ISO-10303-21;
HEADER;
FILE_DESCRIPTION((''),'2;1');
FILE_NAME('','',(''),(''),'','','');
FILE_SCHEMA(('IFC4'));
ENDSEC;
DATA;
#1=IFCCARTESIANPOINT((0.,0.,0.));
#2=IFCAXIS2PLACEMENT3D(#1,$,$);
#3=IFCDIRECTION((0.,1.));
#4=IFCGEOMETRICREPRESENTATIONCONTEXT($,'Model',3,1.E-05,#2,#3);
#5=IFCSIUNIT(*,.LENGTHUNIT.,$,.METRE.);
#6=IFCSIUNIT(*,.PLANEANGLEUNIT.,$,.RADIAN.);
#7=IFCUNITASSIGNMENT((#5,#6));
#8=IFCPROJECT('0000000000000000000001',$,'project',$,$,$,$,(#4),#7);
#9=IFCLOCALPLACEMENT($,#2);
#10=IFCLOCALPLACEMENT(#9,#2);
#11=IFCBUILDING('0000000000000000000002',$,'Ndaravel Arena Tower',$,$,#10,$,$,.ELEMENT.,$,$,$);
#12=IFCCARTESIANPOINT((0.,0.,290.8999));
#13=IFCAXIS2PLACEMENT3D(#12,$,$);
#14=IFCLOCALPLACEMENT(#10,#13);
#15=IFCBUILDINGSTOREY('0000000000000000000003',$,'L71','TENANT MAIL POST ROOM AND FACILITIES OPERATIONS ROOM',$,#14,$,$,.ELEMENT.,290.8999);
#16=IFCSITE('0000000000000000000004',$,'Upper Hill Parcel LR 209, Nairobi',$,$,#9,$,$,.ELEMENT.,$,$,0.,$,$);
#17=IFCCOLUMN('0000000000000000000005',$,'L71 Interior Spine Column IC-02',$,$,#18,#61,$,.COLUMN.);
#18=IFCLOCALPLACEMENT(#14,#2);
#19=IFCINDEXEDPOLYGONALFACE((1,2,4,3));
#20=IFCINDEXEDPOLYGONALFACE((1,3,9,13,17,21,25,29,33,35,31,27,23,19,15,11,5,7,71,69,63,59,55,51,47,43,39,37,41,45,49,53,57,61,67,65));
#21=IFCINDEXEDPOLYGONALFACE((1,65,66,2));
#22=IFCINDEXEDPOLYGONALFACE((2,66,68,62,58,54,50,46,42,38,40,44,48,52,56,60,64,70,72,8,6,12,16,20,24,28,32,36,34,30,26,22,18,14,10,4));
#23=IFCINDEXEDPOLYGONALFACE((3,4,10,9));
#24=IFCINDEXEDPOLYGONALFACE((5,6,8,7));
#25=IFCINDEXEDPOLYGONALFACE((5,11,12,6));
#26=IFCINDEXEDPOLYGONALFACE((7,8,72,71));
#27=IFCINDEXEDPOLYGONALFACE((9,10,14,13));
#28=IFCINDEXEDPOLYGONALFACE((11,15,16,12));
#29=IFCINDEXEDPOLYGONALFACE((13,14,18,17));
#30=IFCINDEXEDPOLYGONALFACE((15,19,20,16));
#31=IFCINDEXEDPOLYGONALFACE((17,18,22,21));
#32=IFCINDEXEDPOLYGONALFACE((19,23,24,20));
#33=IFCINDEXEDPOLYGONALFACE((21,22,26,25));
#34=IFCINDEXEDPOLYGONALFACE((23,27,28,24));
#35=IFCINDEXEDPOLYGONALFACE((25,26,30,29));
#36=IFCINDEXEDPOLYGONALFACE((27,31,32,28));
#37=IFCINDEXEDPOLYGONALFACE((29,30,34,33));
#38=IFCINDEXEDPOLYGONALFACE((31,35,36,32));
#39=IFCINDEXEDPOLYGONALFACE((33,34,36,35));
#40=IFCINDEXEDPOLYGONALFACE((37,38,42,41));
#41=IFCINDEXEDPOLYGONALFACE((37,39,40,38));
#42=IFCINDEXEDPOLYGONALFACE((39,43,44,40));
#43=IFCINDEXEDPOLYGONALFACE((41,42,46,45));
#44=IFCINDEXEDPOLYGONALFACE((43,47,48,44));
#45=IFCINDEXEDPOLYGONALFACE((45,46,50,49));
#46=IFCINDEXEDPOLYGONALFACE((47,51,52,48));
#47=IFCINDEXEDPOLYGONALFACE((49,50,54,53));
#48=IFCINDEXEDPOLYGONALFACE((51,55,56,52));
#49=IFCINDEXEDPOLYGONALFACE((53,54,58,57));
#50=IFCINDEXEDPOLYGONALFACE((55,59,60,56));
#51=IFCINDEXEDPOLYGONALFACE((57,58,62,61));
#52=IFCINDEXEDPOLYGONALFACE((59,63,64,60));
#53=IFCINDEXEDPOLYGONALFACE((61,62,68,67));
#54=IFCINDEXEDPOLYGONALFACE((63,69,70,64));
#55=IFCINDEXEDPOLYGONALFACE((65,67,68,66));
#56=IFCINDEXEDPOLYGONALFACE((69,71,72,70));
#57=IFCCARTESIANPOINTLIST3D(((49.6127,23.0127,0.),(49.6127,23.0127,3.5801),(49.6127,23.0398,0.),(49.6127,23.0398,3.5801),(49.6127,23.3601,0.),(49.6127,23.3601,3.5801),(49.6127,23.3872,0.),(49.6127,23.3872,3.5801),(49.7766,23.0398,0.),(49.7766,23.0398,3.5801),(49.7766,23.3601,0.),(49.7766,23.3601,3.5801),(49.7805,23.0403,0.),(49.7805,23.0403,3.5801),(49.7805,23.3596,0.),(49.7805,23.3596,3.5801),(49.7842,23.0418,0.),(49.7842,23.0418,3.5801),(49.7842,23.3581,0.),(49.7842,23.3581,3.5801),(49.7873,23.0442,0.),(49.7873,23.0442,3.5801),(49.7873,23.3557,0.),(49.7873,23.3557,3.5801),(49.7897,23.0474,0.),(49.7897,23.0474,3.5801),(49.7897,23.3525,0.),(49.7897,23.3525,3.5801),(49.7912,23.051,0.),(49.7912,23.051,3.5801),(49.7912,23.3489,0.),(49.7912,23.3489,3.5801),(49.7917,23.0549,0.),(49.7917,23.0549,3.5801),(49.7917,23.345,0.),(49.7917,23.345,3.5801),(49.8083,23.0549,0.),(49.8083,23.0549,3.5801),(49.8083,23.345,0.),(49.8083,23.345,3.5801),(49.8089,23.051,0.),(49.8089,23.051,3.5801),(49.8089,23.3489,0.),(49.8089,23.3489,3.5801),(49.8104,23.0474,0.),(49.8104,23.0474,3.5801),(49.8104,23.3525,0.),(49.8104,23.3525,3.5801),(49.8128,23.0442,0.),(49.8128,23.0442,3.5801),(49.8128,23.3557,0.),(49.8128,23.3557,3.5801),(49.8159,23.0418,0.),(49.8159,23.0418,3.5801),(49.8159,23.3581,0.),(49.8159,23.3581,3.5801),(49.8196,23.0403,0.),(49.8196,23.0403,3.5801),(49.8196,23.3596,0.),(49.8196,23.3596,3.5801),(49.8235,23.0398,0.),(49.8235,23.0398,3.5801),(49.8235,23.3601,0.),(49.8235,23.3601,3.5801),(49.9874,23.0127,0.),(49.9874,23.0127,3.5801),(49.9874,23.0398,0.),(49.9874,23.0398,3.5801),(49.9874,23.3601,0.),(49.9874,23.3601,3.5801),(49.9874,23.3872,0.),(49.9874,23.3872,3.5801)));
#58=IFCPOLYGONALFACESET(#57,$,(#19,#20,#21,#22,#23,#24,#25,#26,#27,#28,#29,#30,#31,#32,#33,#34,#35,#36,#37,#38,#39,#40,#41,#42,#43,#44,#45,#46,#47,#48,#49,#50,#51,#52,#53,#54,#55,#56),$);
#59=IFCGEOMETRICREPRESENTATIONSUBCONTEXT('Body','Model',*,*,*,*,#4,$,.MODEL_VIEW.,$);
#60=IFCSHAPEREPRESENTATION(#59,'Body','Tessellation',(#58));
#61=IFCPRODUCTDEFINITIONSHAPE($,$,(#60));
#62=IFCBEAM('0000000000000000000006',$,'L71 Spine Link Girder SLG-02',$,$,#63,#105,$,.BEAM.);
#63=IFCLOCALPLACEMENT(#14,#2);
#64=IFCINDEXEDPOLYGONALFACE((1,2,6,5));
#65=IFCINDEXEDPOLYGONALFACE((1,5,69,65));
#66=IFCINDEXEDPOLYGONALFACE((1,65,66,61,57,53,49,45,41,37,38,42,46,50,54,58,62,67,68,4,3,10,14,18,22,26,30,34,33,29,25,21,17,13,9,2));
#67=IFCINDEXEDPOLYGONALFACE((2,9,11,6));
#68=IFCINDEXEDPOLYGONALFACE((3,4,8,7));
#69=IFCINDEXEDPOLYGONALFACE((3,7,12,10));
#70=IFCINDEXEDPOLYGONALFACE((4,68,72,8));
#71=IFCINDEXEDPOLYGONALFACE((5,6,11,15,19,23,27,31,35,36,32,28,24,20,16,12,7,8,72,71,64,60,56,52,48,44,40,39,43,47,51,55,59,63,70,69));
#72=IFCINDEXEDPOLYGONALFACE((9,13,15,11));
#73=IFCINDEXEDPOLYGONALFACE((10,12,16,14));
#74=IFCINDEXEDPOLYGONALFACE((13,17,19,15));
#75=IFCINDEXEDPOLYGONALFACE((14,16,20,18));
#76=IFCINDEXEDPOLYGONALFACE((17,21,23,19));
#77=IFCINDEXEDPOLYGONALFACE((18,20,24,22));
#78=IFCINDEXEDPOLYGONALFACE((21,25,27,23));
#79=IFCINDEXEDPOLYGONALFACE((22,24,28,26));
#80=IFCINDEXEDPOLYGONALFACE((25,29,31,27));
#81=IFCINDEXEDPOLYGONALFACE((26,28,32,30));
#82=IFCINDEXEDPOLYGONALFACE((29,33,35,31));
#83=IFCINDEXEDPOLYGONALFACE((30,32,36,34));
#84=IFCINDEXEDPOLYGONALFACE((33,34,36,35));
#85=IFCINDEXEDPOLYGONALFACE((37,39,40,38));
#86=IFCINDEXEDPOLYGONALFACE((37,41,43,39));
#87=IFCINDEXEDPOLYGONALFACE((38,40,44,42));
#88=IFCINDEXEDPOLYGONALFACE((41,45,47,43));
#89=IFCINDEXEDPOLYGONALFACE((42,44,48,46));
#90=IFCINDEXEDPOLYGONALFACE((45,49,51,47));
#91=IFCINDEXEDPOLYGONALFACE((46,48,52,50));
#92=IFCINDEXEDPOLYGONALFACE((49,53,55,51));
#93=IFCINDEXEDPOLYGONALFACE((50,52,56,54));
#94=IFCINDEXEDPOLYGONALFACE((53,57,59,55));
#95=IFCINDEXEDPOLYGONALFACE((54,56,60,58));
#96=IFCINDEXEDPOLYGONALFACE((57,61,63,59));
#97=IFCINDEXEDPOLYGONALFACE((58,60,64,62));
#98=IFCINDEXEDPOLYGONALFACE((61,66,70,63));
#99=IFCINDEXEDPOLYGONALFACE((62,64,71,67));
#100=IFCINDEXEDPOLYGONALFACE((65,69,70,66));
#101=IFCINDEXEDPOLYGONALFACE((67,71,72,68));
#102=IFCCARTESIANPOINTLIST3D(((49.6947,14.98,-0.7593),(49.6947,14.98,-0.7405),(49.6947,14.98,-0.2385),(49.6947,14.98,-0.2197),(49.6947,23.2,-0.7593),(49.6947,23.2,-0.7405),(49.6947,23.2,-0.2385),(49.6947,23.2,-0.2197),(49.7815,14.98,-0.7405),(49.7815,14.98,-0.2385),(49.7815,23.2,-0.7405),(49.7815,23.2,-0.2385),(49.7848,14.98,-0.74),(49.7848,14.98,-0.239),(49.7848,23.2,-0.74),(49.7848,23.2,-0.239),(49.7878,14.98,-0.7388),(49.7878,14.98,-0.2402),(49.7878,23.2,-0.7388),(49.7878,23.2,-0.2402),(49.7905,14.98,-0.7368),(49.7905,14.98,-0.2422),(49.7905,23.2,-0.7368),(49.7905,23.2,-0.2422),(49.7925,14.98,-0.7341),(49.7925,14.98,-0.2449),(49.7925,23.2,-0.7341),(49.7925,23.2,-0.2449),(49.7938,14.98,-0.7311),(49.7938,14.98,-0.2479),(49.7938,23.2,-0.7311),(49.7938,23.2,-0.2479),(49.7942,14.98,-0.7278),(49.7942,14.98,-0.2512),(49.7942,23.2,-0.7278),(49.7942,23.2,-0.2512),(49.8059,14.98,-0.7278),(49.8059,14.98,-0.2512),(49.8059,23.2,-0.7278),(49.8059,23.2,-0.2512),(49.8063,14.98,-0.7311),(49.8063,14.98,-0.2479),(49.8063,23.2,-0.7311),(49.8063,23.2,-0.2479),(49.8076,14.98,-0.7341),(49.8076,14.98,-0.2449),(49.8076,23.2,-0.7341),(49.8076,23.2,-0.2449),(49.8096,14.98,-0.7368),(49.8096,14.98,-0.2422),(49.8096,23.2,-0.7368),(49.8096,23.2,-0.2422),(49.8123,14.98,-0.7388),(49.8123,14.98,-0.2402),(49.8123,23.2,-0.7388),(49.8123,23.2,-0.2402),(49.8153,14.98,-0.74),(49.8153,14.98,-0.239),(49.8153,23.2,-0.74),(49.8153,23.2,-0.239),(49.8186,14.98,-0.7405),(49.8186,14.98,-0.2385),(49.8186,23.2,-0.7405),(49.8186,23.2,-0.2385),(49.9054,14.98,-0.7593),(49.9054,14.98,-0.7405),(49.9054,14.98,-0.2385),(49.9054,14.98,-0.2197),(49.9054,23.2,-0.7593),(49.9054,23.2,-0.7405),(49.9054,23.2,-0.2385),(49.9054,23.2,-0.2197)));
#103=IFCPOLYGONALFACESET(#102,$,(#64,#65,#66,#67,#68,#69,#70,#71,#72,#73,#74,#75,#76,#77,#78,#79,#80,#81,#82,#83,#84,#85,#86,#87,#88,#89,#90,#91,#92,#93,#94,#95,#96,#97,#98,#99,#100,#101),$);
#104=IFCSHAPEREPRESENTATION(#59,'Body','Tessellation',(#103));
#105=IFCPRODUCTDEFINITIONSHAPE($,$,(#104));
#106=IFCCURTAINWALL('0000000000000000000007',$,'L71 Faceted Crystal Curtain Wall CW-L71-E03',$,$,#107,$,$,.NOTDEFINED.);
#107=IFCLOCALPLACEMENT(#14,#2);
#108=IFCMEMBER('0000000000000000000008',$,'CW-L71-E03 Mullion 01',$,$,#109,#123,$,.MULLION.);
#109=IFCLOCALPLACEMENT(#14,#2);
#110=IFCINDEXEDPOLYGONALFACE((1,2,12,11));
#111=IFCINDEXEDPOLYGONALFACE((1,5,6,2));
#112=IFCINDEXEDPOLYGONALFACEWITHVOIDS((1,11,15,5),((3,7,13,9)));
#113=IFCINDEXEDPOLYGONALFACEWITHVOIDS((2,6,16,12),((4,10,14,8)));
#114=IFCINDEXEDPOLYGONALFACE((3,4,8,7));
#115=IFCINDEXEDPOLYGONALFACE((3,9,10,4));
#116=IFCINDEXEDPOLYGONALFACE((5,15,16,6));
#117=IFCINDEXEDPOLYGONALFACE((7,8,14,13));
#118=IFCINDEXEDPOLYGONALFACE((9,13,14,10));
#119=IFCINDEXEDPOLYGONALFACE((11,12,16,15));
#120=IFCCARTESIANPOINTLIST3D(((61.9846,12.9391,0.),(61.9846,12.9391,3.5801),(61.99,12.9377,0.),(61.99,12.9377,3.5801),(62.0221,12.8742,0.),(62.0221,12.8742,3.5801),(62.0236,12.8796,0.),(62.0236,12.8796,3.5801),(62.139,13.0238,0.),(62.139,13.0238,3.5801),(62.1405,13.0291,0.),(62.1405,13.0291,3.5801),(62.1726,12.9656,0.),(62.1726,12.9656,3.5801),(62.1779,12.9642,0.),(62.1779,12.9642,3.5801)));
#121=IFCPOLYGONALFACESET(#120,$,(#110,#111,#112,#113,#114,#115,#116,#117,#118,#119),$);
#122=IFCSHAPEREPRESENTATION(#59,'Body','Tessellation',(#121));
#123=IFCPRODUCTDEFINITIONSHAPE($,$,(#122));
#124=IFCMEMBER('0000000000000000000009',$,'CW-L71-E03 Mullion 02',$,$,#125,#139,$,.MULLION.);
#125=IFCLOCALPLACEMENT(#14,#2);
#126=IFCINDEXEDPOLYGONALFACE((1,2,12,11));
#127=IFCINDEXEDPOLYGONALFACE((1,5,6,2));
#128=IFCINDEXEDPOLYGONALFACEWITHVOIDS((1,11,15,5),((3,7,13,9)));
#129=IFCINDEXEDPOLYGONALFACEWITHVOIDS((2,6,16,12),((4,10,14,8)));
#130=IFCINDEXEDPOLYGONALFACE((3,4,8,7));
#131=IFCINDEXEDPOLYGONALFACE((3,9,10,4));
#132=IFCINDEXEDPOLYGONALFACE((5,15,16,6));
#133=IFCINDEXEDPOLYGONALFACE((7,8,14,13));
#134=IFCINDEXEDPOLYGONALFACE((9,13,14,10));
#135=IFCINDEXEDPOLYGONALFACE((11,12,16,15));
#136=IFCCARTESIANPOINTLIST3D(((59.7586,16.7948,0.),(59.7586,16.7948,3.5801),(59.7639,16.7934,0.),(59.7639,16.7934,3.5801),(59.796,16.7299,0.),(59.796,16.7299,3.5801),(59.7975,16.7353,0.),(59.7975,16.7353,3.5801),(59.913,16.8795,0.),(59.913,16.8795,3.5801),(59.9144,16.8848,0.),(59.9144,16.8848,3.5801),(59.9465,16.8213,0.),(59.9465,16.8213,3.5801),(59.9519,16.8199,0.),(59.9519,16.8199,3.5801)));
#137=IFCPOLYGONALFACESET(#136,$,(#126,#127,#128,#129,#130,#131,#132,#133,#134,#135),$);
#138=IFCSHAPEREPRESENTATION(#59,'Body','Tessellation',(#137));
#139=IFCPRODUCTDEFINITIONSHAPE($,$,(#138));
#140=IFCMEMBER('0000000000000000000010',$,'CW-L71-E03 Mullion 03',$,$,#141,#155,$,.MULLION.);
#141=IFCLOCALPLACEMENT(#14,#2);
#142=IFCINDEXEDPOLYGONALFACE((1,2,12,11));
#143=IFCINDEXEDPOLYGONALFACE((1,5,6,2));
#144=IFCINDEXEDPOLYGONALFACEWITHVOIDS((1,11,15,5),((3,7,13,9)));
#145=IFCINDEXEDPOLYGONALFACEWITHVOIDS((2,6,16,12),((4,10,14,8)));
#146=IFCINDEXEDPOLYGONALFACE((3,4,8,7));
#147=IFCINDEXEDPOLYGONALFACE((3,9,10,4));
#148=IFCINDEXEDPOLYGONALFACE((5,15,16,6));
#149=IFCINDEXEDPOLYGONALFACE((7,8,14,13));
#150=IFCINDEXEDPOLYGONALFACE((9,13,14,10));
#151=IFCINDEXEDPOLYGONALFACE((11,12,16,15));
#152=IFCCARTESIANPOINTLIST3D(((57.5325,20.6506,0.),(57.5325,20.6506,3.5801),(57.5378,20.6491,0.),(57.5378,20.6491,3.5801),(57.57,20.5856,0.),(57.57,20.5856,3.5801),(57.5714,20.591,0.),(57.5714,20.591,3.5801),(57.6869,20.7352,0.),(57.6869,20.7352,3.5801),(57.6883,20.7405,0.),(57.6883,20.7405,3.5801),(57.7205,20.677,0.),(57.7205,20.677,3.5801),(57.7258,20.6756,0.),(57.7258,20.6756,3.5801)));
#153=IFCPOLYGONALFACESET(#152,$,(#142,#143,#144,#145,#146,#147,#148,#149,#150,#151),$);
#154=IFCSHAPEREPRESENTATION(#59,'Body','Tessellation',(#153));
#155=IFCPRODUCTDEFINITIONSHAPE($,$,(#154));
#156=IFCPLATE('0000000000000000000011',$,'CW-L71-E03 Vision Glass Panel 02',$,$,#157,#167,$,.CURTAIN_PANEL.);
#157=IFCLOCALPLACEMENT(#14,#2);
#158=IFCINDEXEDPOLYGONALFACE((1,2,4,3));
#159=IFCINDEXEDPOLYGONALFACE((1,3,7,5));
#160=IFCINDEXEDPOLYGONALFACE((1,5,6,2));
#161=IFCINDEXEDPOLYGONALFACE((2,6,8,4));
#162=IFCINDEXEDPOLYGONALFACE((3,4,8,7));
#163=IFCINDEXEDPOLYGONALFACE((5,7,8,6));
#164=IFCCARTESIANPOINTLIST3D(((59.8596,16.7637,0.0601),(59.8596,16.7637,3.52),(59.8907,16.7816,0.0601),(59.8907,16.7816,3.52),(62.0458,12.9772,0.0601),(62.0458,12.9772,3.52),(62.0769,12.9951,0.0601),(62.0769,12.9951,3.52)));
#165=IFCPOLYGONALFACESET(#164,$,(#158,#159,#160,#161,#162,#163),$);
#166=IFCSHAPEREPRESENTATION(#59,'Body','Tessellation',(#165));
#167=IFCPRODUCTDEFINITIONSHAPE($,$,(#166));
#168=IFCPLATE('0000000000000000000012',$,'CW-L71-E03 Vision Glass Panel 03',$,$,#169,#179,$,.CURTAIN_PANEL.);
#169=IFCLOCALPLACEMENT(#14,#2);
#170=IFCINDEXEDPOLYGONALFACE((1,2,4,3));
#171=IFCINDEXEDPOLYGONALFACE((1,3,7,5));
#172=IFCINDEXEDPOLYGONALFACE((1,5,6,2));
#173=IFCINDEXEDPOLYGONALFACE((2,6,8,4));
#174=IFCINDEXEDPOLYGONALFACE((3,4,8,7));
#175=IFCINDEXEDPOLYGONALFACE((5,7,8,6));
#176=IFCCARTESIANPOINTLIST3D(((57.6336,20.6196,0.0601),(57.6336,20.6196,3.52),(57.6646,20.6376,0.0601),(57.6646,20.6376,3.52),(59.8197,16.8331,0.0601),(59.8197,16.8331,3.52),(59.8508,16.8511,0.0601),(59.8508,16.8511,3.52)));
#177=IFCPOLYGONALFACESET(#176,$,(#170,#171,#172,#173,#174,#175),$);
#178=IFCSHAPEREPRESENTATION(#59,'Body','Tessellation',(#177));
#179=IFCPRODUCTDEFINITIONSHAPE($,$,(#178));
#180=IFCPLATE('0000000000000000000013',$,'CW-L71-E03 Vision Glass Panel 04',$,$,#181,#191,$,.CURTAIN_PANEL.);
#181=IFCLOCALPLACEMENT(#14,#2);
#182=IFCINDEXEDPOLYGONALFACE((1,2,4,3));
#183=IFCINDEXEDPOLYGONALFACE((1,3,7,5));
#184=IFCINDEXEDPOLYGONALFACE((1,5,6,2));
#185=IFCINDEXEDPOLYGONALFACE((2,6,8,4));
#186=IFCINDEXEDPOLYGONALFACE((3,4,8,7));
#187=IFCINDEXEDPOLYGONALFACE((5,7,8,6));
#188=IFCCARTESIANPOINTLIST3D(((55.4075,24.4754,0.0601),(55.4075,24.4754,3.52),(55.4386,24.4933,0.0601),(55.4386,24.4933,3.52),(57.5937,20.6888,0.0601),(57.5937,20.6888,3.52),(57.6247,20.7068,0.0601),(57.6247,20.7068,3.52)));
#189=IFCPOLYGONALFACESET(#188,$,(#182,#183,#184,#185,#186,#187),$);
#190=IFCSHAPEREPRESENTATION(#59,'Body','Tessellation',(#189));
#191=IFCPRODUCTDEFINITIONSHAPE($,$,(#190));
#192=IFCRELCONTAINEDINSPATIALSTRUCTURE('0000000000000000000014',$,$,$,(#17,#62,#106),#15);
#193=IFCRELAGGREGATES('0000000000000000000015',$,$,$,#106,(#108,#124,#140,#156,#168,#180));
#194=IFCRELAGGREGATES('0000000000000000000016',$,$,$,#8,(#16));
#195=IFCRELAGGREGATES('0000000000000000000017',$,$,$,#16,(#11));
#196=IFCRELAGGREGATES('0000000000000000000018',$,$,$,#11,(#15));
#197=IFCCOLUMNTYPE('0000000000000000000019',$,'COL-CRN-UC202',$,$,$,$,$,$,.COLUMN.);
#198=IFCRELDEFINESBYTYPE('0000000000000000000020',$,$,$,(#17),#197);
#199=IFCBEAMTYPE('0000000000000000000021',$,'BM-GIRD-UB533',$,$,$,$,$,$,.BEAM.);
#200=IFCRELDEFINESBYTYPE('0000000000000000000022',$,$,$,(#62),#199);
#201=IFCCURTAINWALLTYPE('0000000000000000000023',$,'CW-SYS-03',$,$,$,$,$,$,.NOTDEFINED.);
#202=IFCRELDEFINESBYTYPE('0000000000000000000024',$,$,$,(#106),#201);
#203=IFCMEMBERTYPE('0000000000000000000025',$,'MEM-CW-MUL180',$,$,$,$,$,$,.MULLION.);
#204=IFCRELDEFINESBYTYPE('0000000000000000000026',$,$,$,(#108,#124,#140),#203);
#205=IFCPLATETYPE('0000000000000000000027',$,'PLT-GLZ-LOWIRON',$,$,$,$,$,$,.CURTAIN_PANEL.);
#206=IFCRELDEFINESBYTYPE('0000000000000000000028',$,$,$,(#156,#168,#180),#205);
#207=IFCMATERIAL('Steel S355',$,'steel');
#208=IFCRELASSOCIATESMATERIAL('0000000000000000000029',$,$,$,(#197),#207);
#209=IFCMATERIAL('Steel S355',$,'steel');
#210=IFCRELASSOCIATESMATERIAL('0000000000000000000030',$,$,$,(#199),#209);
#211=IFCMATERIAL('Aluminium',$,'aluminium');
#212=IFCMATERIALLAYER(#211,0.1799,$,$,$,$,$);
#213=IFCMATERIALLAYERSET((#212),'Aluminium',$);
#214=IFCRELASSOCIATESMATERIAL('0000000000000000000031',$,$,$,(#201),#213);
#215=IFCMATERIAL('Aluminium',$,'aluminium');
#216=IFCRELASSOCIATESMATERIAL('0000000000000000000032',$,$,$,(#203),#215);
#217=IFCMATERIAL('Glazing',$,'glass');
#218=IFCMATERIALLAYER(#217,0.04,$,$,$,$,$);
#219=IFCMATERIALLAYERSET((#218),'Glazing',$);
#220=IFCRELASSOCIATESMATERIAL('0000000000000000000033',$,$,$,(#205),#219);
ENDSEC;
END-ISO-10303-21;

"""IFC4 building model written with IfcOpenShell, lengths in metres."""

from ifc_helpers import new_model, si_unit, direction, frame, origin, origin_2d, place, context, subcontext, project, spatial, rectangle, hollow_rectangle, i_section, extrude, material, layer, layer_set, material_profile, profile_set, type_object, element, aggregate, save


model = new_model("IFC4")

# Units and contexts
model_context = context("Model", 3, precision=1e-05, world=origin(), true_north=direction((0.0, 1.0)))
body_context = subcontext(model_context, "Body", "Model", "MODEL_VIEW")
ifc_project = project(units=[si_unit("LENGTHUNIT", "METRE"), si_unit("PLANEANGLEUNIT", "RADIAN")], contexts=[model_context])

# Site, building, storey
site_placement = place(None, origin())
site = spatial("IfcSite", under=ifc_project, at=site_placement, Name="Upper Hill Parcel LR 209, Nairobi", CompositionType="ELEMENT", RefElevation=0.0)
building_placement = place(site_placement, origin())
building = spatial("IfcBuilding", under=site, at=building_placement, Name="Ndaravel Arena Tower", CompositionType="ELEMENT")
storey_placement = place(building_placement, frame((0.0, 0.0, 290.8999)))
storey = spatial("IfcBuildingStorey", under=building, at=storey_placement, Name="L71", Description="TENANT MAIL POST ROOM AND FACILITIES OPERATIONS ROOM", CompositionType="ELEMENT", Elevation=290.8999)

# Column
ifc_material_1 = material(Name="Steel S355", Category="steel")
ifc_material_profile_1 = material_profile(ifc_material_1, i_section(OverallWidth=0.3748, OverallDepth=0.3745, WebThickness=0.0166, FlangeThickness=0.0271, FilletRadius=0.0151, at=origin_2d()), Name="UC 356x368x202")
ifc_profile_set_1 = profile_set([ifc_material_profile_1], Name="Steel S355")
column_type = type_object("IfcColumnType", Name="COL-CRN-UC202", PredefinedType="COLUMN", material=ifc_profile_set_1)
column_placement = place(storey_placement, frame((49.8, 23.2, 0.0), z_axis=(0.0, 0.0, 1.0), x_axis=(1.0, 0.0, 0.0)))
element("IfcColumn", 1, at=column_placement, inside=storey, type_object=column_type, Name="L71 Interior Spine Column IC-02", PredefinedType="COLUMN", context=body_context, shape_type="SweptSolid", body=[
    extrude(i_section(OverallWidth=0.3748, OverallDepth=0.3745, WebThickness=0.0166, FlangeThickness=0.0271, FilletRadius=0.0151, at=origin_2d()), origin(), (0.0, 0.0, 1.0), 3.5801),
])

# Beam
ifc_material_2 = material(Name="Steel S355", Category="steel")
ifc_material_profile_2 = material_profile(ifc_material_2, i_section(OverallWidth=0.2107, OverallDepth=0.5396, WebThickness=0.0117, FlangeThickness=0.0188, FilletRadius=0.0127, at=origin_2d()), Name="UB 533x210x109")
ifc_profile_set_2 = profile_set([ifc_material_profile_2], Name="Steel S355")
beam_type = type_object("IfcBeamType", Name="BM-GIRD-UB533", PredefinedType="BEAM", material=ifc_profile_set_2)
beam_placement = place(storey_placement, frame((49.8, 14.98, -0.4895), z_axis=(0.0, 1.0, 0.0), x_axis=(-1.0, 0.0, 0.0)))
element("IfcBeam", 2, at=beam_placement, inside=storey, type_object=beam_type, Name="L71 Spine Link Girder SLG-02", PredefinedType="BEAM", context=body_context, shape_type="SweptSolid", body=[
    extrude(i_section(OverallWidth=0.2107, OverallDepth=0.5396, WebThickness=0.0117, FlangeThickness=0.0188, FilletRadius=0.0127, at=origin_2d()), origin(), (0.0, 0.0, 1.0), 8.22),
])

# Curtain wall, members, plates
ifc_material_3 = material(Name="Aluminium", Category="aluminium")
ifc_layer_1 = layer(ifc_material_3, 0.1799)
ifc_layer_set_1 = layer_set([ifc_layer_1], Name="Aluminium")
curtain_wall_type = type_object("IfcCurtainWallType", Name="CW-SYS-03", PredefinedType="NOTDEFINED", material=ifc_layer_set_1)
curtain_wall_placement = place(storey_placement, origin())
curtain_wall = element("IfcCurtainWall", 3, at=curtain_wall_placement, inside=storey, type_object=curtain_wall_type, Name="L71 Faceted Crystal Curtain Wall CW-L71-E03", PredefinedType="NOTDEFINED")
ifc_material_4 = material(Name="Aluminium", Category="aluminium")
ifc_material_profile_3 = material_profile(ifc_material_4, hollow_rectangle(XDim=0.075, YDim=0.1799, WallThickness=0.0039, at=origin_2d()), Name="CW MULLION 75x180x4")
ifc_profile_set_3 = profile_set([ifc_material_profile_3], Name="Aluminium")
member_type = type_object("IfcMemberType", Name="MEM-CW-MUL180", PredefinedType="MULLION", material=ifc_profile_set_3)
member_1_placement = place(storey_placement, frame((62.0813, 12.9517, 0.0), z_axis=(0.0, 0.0, 1.0), x_axis=(-0.5, 0.866025, 0.0)))
member_1 = element("IfcMember", 4, at=member_1_placement, type_object=member_type, Name="CW-L71-E03 Mullion 01", PredefinedType="MULLION", context=body_context, shape_type="SweptSolid", body=[
    extrude(hollow_rectangle(XDim=0.075, YDim=0.1799, WallThickness=0.0039, at=origin_2d()), origin(), (0.0, 0.0, 1.0), 3.5801),
])
member_2_placement = place(storey_placement, frame((59.8552, 16.8074, 0.0), z_axis=(0.0, 0.0, 1.0), x_axis=(-0.5, 0.866025, 0.0)))
member_2 = element("IfcMember", 5, at=member_2_placement, type_object=member_type, Name="CW-L71-E03 Mullion 02", PredefinedType="MULLION", context=body_context, shape_type="SweptSolid", body=[
    extrude(hollow_rectangle(XDim=0.075, YDim=0.1799, WallThickness=0.0039, at=origin_2d()), origin(), (0.0, 0.0, 1.0), 3.5801),
])
member_3_placement = place(storey_placement, frame((57.6292, 20.6631, 0.0), z_axis=(0.0, 0.0, 1.0), x_axis=(-0.5, 0.866025, 0.0)))
member_3 = element("IfcMember", 6, at=member_3_placement, type_object=member_type, Name="CW-L71-E03 Mullion 03", PredefinedType="MULLION", context=body_context, shape_type="SweptSolid", body=[
    extrude(hollow_rectangle(XDim=0.075, YDim=0.1799, WallThickness=0.0039, at=origin_2d()), origin(), (0.0, 0.0, 1.0), 3.5801),
])
ifc_material_5 = material(Name="Glazing", Category="glass")
ifc_layer_2 = layer(ifc_material_5, 0.04)
ifc_layer_set_2 = layer_set([ifc_layer_2], Name="Glazing")
plate_type = type_object("IfcPlateType", Name="PLT-GLZ-LOWIRON", PredefinedType="CURTAIN_PANEL", material=ifc_layer_set_2)
plate_1_placement = place(storey_placement, frame((60.9683, 14.8794, 0.0601), z_axis=(0.0, 0.0, 1.0), x_axis=(-0.5, 0.866025, 0.0)))
plate_1 = element("IfcPlate", 7, at=plate_1_placement, type_object=plate_type, Name="CW-L71-E03 Vision Glass Panel 02", PredefinedType="CURTAIN_PANEL", context=body_context, shape_type="SweptSolid", body=[
    extrude(rectangle(XDim=4.3723, YDim=0.0359, at=origin_2d()), origin(), (0.0, 0.0, 1.0), 3.46),
])
plate_2_placement = place(storey_placement, frame((58.7422, 18.7354, 0.0601), z_axis=(0.0, 0.0, 1.0), x_axis=(-0.5, 0.866025, 0.0)))
plate_2 = element("IfcPlate", 8, at=plate_2_placement, type_object=plate_type, Name="CW-L71-E03 Vision Glass Panel 03", PredefinedType="CURTAIN_PANEL", context=body_context, shape_type="SweptSolid", body=[
    extrude(rectangle(XDim=4.3723, YDim=0.0359, at=origin_2d()), origin(), (0.0, 0.0, 1.0), 3.46),
])
plate_3_placement = place(storey_placement, frame((56.5161, 22.5911, 0.0601), z_axis=(0.0, 0.0, 1.0), x_axis=(-0.5, 0.866025, 0.0)))
plate_3 = element("IfcPlate", 9, at=plate_3_placement, type_object=plate_type, Name="CW-L71-E03 Vision Glass Panel 04", PredefinedType="CURTAIN_PANEL", context=body_context, shape_type="SweptSolid", body=[
    extrude(rectangle(XDim=4.3723, YDim=0.0359, at=origin_2d()), origin(), (0.0, 0.0, 1.0), 3.46),
])
aggregate(curtain_wall, [member_1, member_2, member_3, plate_1, plate_2, plate_3])

save(model, "model.ifc")
